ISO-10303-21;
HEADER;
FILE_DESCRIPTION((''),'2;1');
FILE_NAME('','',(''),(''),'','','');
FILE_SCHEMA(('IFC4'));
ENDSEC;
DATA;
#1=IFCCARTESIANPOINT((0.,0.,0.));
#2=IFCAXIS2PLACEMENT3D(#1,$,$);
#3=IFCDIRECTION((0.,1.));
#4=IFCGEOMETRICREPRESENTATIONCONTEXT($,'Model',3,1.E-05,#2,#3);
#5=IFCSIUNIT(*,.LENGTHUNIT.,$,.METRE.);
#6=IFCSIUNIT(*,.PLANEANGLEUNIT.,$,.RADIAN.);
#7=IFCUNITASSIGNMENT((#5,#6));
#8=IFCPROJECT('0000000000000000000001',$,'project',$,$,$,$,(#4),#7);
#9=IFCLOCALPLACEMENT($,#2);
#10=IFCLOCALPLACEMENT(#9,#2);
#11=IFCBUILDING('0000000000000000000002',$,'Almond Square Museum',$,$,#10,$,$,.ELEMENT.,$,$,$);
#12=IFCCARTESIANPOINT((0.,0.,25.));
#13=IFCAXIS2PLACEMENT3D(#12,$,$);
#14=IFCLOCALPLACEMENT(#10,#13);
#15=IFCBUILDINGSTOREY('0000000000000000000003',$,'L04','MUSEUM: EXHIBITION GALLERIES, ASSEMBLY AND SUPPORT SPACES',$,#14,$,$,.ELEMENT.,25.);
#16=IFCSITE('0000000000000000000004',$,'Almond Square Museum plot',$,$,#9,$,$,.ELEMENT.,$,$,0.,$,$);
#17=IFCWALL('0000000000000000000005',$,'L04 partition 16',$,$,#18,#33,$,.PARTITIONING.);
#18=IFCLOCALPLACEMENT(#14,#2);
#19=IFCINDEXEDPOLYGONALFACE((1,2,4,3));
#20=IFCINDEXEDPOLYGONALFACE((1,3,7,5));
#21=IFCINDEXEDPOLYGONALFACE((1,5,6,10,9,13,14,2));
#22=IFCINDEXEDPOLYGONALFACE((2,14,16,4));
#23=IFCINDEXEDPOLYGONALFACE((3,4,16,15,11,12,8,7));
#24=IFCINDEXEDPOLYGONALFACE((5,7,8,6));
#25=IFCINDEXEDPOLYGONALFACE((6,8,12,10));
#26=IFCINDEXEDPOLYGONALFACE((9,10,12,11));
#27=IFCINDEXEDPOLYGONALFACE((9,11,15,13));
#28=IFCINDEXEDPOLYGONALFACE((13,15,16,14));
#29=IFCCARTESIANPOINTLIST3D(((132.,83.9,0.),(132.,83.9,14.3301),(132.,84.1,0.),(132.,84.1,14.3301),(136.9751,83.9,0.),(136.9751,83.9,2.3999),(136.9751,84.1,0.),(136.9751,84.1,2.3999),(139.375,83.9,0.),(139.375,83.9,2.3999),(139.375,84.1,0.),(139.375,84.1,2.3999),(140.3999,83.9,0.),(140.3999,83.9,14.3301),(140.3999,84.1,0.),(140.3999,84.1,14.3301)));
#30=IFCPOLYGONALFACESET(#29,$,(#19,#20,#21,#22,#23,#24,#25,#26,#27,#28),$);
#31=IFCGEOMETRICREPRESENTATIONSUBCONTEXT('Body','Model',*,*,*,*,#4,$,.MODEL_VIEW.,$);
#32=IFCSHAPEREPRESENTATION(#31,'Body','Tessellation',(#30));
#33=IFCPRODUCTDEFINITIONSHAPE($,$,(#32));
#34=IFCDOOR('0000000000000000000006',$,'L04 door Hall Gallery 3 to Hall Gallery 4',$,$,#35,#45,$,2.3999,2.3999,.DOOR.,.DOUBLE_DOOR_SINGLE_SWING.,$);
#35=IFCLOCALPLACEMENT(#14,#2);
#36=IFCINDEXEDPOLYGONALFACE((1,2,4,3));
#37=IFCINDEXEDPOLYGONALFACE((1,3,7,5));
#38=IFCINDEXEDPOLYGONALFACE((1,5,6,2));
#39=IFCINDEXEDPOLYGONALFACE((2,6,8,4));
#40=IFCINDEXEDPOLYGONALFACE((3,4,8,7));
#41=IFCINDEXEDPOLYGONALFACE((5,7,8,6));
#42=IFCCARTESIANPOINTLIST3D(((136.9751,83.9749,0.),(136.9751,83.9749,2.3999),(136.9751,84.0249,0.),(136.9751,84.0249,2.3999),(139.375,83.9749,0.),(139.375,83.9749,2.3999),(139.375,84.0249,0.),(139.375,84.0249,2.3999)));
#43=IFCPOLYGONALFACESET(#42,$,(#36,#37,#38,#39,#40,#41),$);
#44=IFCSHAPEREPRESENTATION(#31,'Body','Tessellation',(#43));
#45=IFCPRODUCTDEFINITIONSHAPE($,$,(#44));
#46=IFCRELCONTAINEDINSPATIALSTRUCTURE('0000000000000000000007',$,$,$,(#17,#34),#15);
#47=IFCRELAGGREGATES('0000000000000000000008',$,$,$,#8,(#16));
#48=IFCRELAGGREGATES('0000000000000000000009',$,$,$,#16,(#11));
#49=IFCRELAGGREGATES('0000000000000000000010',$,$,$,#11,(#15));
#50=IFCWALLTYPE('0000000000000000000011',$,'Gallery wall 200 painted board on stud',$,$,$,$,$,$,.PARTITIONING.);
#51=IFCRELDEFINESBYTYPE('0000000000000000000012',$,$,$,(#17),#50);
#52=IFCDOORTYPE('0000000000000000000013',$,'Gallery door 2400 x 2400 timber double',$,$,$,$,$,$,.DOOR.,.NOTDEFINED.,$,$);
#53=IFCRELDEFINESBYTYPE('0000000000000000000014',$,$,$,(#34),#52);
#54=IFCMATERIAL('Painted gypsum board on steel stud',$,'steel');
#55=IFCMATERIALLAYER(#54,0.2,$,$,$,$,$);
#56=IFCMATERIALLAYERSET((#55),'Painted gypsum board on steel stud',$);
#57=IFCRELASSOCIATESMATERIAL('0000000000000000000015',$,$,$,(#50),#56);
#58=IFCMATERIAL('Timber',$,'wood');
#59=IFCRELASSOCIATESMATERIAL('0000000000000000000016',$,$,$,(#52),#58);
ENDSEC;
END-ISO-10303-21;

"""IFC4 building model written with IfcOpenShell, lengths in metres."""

from ifc_helpers import new_model, si_unit, direction, frame, frame_2d, origin, place, context, subcontext, project, spatial, rectangle, extrude, material, layer, layer_set, type_object, element, fill, save


model = new_model("IFC4")

# Units and contexts
model_context = context("Model", 3, precision=1e-05, world=origin(), true_north=direction((0.0, 1.0)))
body_context = subcontext(model_context, "Body", "Model", "MODEL_VIEW")
ifc_project = project(units=[si_unit("LENGTHUNIT", "METRE"), si_unit("PLANEANGLEUNIT", "RADIAN")], contexts=[model_context])

# Site, building, storey
site_placement = place(None, origin())
site = spatial("IfcSite", under=ifc_project, at=site_placement, Name="Almond Square Museum plot", CompositionType="ELEMENT", RefElevation=0.0)
building_placement = place(site_placement, origin())
building = spatial("IfcBuilding", under=site, at=building_placement, Name="Almond Square Museum", CompositionType="ELEMENT")
storey_placement = place(building_placement, frame((0.0, 0.0, 25.0)))
storey = spatial("IfcBuildingStorey", under=building, at=storey_placement, Name="L04", Description="MUSEUM: EXHIBITION GALLERIES, ASSEMBLY AND SUPPORT SPACES", CompositionType="ELEMENT", Elevation=25.0)

# Shared definitions
ifc_material_1 = material(Name="Painted gypsum board on steel stud", Category="steel")
ifc_layer = layer(ifc_material_1, 0.2)
ifc_layer_set = layer_set([ifc_layer], Name="Painted gypsum board on steel stud")
wall_type = type_object("IfcWallType", Name="Gallery wall 200 painted board on stud", PredefinedType="PARTITIONING", material=ifc_layer_set)

# Wall, opening, door
wall_1_placement = place(storey_placement, frame((132.0, 84.0, 0.0), z_axis=(0.0, 0.0, 1.0), x_axis=(1.0, 0.0, 0.0)))
wall_1 = element("IfcWall", 1, at=wall_1_placement, inside=storey, type_object=wall_type, Name="L04 partition 16", PredefinedType="PARTITIONING", context=body_context, shape_type="SweptSolid", body=[
    extrude(rectangle(XDim=8.3999, YDim=0.2, at=frame_2d((4.2, 0.0))), origin(), (0.0, 0.0, 1.0), 14.3301),
])
opening_placement = place(wall_1_placement, frame((4.9751, 0.0, 0.0)))
opening = element("IfcOpeningElement", 2, at=opening_placement, cuts=wall_1, PredefinedType="OPENING", context=body_context, shape_type="SweptSolid", body=[
    extrude(rectangle(XDim=2.3999, YDim=2.3999, at=frame_2d((1.2, 1.2))), frame((0.0, 0.1099, 0.0), z_axis=(0.0, -1.0, 0.0), x_axis=(1.0, 0.0, 0.0)), (0.0, 0.0, 1.0), 0.22),
])
ifc_material_2 = material(Name="Timber", Category="wood")
door_type = type_object("IfcDoorType", Name="Gallery door 2400 x 2400 timber double", OperationType="NOTDEFINED", PredefinedType="DOOR", material=ifc_material_2)
door_placement = place(opening_placement, origin())
door = element("IfcDoor", 3, at=door_placement, inside=storey, type_object=door_type, Name="L04 door Hall Gallery 3 to Hall Gallery 4", OperationType="DOUBLE_DOOR_SINGLE_SWING", OverallHeight=2.3999, OverallWidth=2.3999, PredefinedType="DOOR", context=body_context, shape_type="SweptSolid", body=[
    extrude(rectangle(XDim=2.3999, YDim=2.3999, at=frame_2d((1.2, 1.2))), frame((0.0, 0.0249, 0.0), z_axis=(0.0, -1.0, 0.0), x_axis=(1.0, 0.0, 0.0)), (0.0, 0.0, 1.0), 0.05),
])
fill(opening, door)

save(model, "model.ifc")
